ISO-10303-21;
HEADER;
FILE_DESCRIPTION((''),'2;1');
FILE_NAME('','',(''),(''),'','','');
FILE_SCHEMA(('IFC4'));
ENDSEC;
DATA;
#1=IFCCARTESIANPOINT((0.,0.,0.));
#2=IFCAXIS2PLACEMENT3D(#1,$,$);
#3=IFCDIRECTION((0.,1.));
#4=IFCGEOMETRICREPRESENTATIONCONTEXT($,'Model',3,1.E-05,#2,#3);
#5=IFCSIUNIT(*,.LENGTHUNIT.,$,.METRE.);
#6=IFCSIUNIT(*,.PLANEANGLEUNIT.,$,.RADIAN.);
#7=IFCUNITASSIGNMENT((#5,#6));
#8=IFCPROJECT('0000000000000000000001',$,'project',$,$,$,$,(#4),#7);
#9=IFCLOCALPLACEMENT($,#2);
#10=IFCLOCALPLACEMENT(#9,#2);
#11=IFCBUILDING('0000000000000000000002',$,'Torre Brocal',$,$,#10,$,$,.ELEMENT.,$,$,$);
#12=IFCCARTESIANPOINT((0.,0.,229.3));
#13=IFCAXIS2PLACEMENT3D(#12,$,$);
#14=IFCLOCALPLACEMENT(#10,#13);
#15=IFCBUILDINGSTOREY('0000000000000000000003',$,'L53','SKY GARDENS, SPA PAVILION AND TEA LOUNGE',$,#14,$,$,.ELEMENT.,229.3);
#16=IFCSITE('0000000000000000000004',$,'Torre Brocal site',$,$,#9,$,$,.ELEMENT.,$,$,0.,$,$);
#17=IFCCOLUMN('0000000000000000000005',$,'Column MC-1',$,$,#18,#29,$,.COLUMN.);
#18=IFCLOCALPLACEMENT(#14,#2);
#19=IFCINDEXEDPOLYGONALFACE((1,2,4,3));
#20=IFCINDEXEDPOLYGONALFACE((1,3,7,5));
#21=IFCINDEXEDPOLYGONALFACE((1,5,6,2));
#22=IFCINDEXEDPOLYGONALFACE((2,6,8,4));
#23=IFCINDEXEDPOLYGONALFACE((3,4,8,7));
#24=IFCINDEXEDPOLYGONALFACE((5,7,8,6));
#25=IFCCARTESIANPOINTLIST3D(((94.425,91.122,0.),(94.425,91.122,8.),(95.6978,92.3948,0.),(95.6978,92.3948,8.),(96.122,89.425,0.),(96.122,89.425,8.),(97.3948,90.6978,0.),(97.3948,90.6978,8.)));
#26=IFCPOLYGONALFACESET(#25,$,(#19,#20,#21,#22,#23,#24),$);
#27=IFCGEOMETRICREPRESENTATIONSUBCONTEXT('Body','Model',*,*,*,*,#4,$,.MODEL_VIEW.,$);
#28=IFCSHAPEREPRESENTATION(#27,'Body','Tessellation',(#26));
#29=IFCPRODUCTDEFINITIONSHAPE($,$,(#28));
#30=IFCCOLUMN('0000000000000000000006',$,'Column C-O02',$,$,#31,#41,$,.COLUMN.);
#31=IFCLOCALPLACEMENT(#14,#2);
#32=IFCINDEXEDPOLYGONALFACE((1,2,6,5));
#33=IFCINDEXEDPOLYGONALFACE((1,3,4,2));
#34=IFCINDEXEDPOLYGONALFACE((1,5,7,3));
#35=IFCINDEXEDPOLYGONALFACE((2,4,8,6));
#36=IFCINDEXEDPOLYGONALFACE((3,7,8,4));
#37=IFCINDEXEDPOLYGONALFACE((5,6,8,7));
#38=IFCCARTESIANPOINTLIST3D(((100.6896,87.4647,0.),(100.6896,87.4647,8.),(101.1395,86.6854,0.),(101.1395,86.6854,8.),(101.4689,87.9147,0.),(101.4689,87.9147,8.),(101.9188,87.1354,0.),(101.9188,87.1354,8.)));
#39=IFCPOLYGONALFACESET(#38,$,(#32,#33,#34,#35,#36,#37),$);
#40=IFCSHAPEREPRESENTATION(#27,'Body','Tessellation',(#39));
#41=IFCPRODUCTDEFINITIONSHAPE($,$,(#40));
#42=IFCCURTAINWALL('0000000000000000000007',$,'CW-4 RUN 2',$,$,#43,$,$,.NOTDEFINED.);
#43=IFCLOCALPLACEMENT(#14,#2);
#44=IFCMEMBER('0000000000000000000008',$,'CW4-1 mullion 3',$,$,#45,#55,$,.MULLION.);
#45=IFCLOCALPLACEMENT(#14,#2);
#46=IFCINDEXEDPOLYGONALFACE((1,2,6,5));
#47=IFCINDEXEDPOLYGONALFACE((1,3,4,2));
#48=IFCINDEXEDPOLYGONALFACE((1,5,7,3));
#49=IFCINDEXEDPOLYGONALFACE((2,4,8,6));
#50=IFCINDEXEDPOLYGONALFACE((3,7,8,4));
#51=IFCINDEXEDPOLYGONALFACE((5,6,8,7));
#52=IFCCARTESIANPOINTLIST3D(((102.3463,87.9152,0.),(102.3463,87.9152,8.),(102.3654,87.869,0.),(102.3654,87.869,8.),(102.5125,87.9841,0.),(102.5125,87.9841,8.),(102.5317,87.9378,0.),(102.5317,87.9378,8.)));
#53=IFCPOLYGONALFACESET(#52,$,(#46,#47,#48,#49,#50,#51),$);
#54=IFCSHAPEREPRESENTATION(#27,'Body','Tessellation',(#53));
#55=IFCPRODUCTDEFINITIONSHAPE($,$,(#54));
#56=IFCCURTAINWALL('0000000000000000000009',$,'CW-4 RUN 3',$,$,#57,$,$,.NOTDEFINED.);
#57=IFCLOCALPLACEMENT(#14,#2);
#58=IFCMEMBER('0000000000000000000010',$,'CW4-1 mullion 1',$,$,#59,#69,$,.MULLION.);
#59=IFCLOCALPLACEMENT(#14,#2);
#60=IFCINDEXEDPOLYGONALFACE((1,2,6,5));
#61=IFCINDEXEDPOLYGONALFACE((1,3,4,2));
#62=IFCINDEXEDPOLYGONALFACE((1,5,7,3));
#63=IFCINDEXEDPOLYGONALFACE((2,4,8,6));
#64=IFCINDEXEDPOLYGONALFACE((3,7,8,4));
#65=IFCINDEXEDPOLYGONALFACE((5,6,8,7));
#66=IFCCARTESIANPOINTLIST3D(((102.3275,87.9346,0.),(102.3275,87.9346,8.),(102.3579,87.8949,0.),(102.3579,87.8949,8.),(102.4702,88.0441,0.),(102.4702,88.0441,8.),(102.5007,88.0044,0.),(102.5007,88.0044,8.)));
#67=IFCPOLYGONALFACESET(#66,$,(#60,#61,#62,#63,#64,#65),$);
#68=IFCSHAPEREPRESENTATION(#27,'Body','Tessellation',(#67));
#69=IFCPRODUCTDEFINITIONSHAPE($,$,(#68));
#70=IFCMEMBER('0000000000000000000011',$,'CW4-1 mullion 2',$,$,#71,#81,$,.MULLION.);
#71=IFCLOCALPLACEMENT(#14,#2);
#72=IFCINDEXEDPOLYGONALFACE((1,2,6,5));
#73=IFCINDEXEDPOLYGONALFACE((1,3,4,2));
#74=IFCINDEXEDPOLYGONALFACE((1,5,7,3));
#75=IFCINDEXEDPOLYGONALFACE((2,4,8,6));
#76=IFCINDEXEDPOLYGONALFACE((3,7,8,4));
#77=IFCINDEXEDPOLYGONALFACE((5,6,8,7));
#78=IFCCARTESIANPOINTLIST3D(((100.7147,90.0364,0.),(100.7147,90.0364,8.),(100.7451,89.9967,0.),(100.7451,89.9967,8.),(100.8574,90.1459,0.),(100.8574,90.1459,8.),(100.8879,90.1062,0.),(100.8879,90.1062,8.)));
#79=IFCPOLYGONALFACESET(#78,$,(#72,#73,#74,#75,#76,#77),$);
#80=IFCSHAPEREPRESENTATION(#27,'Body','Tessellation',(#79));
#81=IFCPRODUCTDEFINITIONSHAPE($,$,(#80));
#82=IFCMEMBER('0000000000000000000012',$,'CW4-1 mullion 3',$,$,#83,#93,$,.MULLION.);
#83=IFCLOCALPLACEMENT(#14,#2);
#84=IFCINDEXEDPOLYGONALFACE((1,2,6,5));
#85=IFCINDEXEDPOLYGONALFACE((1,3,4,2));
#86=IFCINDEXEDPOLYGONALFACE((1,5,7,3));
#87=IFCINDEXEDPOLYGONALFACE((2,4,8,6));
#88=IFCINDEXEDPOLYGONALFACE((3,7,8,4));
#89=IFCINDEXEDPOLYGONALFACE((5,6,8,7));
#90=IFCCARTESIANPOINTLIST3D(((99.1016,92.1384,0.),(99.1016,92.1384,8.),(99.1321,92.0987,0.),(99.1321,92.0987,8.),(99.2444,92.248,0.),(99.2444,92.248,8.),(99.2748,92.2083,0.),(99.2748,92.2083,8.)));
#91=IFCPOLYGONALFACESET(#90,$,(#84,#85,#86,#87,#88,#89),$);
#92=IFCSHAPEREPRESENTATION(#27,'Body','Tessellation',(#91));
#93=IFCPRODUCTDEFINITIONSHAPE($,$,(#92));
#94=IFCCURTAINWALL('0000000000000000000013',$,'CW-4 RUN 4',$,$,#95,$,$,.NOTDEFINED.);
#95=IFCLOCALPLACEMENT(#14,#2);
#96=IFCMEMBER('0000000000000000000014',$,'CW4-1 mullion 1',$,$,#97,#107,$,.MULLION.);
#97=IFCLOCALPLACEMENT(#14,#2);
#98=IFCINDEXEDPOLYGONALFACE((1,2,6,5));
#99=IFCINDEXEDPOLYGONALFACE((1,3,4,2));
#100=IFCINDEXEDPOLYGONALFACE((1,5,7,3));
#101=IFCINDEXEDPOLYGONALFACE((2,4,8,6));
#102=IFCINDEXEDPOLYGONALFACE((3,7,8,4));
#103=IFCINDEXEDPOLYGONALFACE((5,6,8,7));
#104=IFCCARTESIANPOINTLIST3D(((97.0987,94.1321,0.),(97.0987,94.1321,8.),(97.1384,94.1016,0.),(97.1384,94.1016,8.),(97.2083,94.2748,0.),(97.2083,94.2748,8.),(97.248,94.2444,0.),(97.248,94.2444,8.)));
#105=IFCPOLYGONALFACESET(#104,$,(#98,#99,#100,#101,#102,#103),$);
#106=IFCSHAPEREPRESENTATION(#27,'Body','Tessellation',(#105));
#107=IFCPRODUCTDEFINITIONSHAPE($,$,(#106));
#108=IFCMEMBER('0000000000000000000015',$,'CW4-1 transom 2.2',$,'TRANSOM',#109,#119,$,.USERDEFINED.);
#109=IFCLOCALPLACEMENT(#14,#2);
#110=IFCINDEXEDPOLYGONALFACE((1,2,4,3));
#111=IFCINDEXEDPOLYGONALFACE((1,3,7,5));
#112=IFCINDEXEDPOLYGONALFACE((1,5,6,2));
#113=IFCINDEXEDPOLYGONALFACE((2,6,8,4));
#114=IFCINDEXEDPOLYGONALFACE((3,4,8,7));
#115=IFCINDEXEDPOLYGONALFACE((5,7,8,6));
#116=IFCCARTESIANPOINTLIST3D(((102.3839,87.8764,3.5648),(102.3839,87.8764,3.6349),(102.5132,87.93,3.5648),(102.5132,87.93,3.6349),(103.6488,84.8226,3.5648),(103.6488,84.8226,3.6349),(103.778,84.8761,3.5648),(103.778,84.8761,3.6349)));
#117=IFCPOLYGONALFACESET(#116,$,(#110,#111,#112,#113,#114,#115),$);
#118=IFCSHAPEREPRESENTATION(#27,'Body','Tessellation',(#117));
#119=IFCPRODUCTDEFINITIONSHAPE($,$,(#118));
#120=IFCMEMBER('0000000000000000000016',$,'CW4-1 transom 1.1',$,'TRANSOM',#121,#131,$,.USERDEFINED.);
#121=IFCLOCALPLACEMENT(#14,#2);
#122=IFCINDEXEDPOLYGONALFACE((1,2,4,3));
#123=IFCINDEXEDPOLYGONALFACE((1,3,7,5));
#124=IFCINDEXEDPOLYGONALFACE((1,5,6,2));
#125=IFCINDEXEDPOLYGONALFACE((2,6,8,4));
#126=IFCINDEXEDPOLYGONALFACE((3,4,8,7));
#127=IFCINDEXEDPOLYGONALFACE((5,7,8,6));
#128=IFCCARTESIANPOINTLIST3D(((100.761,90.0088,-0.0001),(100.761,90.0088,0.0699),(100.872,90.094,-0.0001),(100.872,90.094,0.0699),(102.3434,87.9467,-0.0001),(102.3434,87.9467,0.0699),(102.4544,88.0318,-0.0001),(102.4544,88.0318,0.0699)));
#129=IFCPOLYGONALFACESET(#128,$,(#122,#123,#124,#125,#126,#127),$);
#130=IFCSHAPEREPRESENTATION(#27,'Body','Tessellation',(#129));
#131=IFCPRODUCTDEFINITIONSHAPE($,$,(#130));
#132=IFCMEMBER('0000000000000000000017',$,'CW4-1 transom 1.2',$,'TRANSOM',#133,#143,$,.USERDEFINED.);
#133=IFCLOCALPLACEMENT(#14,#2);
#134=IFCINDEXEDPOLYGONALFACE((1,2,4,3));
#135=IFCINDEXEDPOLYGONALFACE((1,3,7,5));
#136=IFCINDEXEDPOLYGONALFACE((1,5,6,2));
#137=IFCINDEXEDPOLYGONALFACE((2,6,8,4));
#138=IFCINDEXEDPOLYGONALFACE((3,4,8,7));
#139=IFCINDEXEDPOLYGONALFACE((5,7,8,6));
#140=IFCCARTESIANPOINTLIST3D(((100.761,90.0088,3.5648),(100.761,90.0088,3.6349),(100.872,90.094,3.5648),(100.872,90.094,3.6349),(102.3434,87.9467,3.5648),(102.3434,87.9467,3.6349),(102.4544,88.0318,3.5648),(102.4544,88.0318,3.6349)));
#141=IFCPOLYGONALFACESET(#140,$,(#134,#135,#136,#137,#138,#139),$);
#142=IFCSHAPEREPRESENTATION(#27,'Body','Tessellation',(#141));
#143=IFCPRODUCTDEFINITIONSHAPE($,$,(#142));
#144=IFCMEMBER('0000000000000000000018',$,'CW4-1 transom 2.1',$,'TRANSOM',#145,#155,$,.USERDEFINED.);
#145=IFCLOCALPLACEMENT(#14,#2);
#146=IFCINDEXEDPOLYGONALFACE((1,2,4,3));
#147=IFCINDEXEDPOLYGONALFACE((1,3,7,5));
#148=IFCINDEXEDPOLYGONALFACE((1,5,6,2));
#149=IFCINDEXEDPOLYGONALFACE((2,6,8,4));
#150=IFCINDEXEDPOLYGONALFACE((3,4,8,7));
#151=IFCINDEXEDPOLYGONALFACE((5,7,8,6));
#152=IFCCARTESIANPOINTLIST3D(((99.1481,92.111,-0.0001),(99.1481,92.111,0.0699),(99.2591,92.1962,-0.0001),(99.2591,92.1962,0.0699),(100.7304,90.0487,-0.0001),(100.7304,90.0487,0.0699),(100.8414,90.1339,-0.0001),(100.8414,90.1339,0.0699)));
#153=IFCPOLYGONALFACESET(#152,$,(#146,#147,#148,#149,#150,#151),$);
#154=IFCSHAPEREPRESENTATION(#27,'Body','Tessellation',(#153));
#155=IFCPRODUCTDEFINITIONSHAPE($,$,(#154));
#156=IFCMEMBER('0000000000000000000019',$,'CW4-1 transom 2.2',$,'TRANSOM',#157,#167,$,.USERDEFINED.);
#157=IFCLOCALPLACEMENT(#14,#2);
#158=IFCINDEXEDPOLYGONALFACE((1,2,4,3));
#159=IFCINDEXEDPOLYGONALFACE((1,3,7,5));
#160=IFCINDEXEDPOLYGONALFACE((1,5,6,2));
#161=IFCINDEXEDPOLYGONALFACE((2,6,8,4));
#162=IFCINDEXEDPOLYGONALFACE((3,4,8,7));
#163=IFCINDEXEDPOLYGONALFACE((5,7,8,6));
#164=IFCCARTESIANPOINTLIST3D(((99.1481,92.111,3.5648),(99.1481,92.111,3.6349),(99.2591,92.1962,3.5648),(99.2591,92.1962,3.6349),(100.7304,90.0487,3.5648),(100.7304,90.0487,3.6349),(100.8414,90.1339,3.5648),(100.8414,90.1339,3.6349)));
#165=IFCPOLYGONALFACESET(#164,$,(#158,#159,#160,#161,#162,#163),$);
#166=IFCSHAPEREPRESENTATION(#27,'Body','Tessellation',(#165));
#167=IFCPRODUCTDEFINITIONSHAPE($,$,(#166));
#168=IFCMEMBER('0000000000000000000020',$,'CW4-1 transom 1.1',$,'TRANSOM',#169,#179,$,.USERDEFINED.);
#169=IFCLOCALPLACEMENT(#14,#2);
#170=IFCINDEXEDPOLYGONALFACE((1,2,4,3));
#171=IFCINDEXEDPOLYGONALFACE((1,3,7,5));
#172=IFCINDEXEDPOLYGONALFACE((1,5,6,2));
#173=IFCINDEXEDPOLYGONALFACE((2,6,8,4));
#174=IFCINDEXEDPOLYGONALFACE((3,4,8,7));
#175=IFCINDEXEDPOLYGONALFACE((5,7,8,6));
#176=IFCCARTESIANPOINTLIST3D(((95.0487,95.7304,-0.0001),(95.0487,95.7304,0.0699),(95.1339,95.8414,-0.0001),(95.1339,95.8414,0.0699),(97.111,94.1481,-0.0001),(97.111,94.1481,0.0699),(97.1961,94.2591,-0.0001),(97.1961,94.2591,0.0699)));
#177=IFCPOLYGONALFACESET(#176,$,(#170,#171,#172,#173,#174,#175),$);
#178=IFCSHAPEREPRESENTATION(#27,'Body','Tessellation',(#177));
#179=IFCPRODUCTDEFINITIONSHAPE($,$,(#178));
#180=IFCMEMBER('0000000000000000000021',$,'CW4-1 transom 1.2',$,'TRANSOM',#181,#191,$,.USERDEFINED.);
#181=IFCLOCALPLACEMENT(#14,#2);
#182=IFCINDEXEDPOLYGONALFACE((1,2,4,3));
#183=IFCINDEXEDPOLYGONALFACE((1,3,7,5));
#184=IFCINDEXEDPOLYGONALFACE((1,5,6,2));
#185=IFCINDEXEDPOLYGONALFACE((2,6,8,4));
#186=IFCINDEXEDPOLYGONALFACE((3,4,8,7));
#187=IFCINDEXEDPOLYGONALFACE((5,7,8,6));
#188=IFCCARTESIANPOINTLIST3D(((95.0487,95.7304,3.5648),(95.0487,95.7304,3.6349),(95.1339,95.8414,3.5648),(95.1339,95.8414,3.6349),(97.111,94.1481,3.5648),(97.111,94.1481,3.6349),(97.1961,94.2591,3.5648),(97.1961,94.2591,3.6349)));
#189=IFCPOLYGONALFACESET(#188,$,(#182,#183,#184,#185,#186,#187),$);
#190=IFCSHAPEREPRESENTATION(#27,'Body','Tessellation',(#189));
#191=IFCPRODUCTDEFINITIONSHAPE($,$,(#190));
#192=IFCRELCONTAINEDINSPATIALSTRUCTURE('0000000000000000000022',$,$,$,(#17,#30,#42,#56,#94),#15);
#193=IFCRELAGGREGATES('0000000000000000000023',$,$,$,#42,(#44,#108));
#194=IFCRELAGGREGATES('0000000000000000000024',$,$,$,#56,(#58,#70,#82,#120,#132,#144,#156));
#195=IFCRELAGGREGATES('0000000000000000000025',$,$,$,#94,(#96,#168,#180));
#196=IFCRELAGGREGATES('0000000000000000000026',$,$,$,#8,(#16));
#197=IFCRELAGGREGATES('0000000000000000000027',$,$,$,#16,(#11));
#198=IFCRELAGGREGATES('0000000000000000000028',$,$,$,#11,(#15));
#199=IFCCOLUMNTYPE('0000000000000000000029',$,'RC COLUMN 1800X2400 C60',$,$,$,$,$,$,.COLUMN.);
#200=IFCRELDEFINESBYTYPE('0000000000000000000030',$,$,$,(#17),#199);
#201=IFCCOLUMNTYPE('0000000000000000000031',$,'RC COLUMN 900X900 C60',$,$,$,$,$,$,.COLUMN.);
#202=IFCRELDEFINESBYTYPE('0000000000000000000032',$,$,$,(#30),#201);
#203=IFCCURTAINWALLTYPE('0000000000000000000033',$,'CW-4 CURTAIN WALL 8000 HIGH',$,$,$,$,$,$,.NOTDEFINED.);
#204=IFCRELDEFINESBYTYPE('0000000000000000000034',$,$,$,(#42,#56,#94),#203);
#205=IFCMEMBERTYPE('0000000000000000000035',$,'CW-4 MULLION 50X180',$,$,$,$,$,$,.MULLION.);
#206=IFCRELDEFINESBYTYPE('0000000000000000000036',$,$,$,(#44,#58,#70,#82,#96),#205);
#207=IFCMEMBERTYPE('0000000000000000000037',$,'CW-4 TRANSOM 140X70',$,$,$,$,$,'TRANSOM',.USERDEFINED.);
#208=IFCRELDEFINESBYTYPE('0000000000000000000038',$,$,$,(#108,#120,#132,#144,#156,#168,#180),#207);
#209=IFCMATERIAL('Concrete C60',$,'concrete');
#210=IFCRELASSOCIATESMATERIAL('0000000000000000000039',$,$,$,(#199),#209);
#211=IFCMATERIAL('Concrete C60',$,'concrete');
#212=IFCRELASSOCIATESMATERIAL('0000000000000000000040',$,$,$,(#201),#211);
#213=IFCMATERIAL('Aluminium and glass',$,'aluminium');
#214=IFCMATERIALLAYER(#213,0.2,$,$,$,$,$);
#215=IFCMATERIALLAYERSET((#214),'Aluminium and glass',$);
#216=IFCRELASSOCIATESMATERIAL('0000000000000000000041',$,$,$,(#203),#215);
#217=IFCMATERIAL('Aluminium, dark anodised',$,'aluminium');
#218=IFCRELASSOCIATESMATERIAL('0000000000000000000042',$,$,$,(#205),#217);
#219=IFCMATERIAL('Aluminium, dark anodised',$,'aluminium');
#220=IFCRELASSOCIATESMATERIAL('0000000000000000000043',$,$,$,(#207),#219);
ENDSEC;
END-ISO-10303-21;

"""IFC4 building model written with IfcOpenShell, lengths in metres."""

from ifc_helpers import new_model, si_unit, direction, frame, origin, origin_2d, place, context, subcontext, project, spatial, rectangle, extrude, material, layer, layer_set, material_profile, profile_set, type_object, element, aggregate, save


model = new_model("IFC4")

# Units and contexts
model_context = context("Model", 3, precision=1e-05, world=origin(), true_north=direction((0.0, 1.0)))
body_context = subcontext(model_context, "Body", "Model", "MODEL_VIEW")
ifc_project = project(units=[si_unit("LENGTHUNIT", "METRE"), si_unit("PLANEANGLEUNIT", "RADIAN")], contexts=[model_context])

# Site, building, storey
site_placement = place(None, origin())
site = spatial("IfcSite", under=ifc_project, at=site_placement, Name="Torre Brocal site", CompositionType="ELEMENT", RefElevation=0.0)
building_placement = place(site_placement, origin())
building = spatial("IfcBuilding", under=site, at=building_placement, Name="Torre Brocal", CompositionType="ELEMENT")
storey_placement = place(building_placement, frame((0.0, 0.0, 229.3)))
storey = spatial("IfcBuildingStorey", under=building, at=storey_placement, Name="L53", Description="SKY GARDENS, SPA PAVILION AND TEA LOUNGE", CompositionType="ELEMENT", Elevation=229.3)

# Columns
ifc_material_1 = material(Name="Concrete C60", Category="concrete")
ifc_material_profile_1 = material_profile(ifc_material_1, rectangle(XDim=1.8, YDim=2.3999, at=origin_2d()), Name="RC 1800X2400")
ifc_profile_set_1 = profile_set([ifc_material_profile_1], Name="Concrete C60")
column_type_1 = type_object("IfcColumnType", Name="RC COLUMN 1800X2400 C60", PredefinedType="COLUMN", material=ifc_profile_set_1)
column_1_placement = place(storey_placement, frame((95.9099, 90.9099, 0.0), z_axis=(0.0, 0.0, 1.0), x_axis=(0.707107, 0.707107, 0.0)))
element("IfcColumn", 1, at=column_1_placement, inside=storey, type_object=column_type_1, Name="Column MC-1", PredefinedType="COLUMN", context=body_context, shape_type="SweptSolid", body=[
    extrude(rectangle(XDim=1.8, YDim=2.3999, at=origin_2d()), origin(), (0.0, 0.0, 1.0), 8.0),
])
ifc_material_2 = material(Name="Concrete C60", Category="concrete")
ifc_material_profile_2 = material_profile(ifc_material_2, rectangle(XDim=0.8999, YDim=0.8999, at=origin_2d()), Name="RC 900X900")
ifc_profile_set_2 = profile_set([ifc_material_profile_2], Name="Concrete C60")
column_type_2 = type_object("IfcColumnType", Name="RC COLUMN 900X900 C60", PredefinedType="COLUMN", material=ifc_profile_set_2)
column_2_placement = place(storey_placement, frame((101.3042, 87.3, 0.0), z_axis=(0.0, 0.0, 1.0), x_axis=(0.866025, 0.5, 0.0)))
element("IfcColumn", 2, at=column_2_placement, inside=storey, type_object=column_type_2, Name="Column C-O02", PredefinedType="COLUMN", context=body_context, shape_type="SweptSolid", body=[
    extrude(rectangle(XDim=0.8999, YDim=0.8999, at=origin_2d()), origin(), (0.0, 0.0, 1.0), 8.0),
])

# Curtain wall, member
ifc_material_3 = material(Name="Aluminium and glass", Category="aluminium")
ifc_layer_1 = layer(ifc_material_3, 0.2)
ifc_layer_set_1 = layer_set([ifc_layer_1], Name="Aluminium and glass")
curtain_wall_type = type_object("IfcCurtainWallType", Name="CW-4 CURTAIN WALL 8000 HIGH", PredefinedType="NOTDEFINED", material=ifc_layer_set_1)
curtain_wall_1_placement = place(storey_placement, origin())
curtain_wall_1 = element("IfcCurtainWall", 3, at=curtain_wall_1_placement, inside=storey, type_object=curtain_wall_type, Name="CW-4 RUN 2", PredefinedType="NOTDEFINED")
ifc_material_4 = material(Name="Aluminium, dark anodised", Category="aluminium")
ifc_material_profile_3 = material_profile(ifc_material_4, rectangle(XDim=0.1799, YDim=0.05, at=origin_2d()), Name="CW-4 MULLION 50X180")
ifc_profile_set_3 = profile_set([ifc_material_profile_3], Name="Aluminium, dark anodised")
member_type_1 = type_object("IfcMemberType", Name="CW-4 MULLION 50X180", PredefinedType="MULLION", material=ifc_profile_set_3)
member_1_placement = place(storey_placement, frame((102.439, 87.9265, 0.0), z_axis=(0.0, 0.0, 1.0), x_axis=(-0.92388, -0.382683, 0.0)))
member_1 = element("IfcMember", 4, at=member_1_placement, type_object=member_type_1, Name="CW4-1 mullion 3", PredefinedType="MULLION", context=body_context, shape_type="SweptSolid", body=[
    extrude(rectangle(XDim=0.1799, YDim=0.05, at=origin_2d()), origin(), (0.0, 0.0, 1.0), 8.0),
])

# Curtain wall, members
curtain_wall_2_placement = place(storey_placement, origin())
curtain_wall_2 = element("IfcCurtainWall", 5, at=curtain_wall_2_placement, inside=storey, type_object=curtain_wall_type, Name="CW-4 RUN 3", PredefinedType="NOTDEFINED")
member_2_placement = place(storey_placement, frame((102.4141, 87.9695, 0.0), z_axis=(0.0, 0.0, 1.0), x_axis=(-0.793353, -0.608761, 0.0)))
member_2 = element("IfcMember", 6, at=member_2_placement, type_object=member_type_1, Name="CW4-1 mullion 1", PredefinedType="MULLION", context=body_context, shape_type="SweptSolid", body=[
    extrude(rectangle(XDim=0.1799, YDim=0.05, at=origin_2d()), origin(), (0.0, 0.0, 1.0), 8.0),
])
member_3_placement = place(storey_placement, frame((100.8013, 90.0713, 0.0), z_axis=(0.0, 0.0, 1.0), x_axis=(-0.793353, -0.608761, 0.0)))
member_3 = element("IfcMember", 7, at=member_3_placement, type_object=member_type_1, Name="CW4-1 mullion 2", PredefinedType="MULLION", context=body_context, shape_type="SweptSolid", body=[
    extrude(rectangle(XDim=0.1799, YDim=0.05, at=origin_2d()), origin(), (0.0, 0.0, 1.0), 8.0),
])
member_4_placement = place(storey_placement, frame((99.1882, 92.1733, 0.0), z_axis=(0.0, 0.0, 1.0), x_axis=(-0.793353, -0.608761, 0.0)))
member_4 = element("IfcMember", 8, at=member_4_placement, type_object=member_type_1, Name="CW4-1 mullion 3", PredefinedType="MULLION", context=body_context, shape_type="SweptSolid", body=[
    extrude(rectangle(XDim=0.1799, YDim=0.05, at=origin_2d()), origin(), (0.0, 0.0, 1.0), 8.0),
])

# Curtain wall, member
curtain_wall_3_placement = place(storey_placement, origin())
curtain_wall_3 = element("IfcCurtainWall", 9, at=curtain_wall_3_placement, inside=storey, type_object=curtain_wall_type, Name="CW-4 RUN 4", PredefinedType="NOTDEFINED")
member_5_placement = place(storey_placement, frame((97.1733, 94.1882, 0.0), z_axis=(0.0, 0.0, 1.0), x_axis=(-0.608761, -0.793353, 0.0)))
member_5 = element("IfcMember", 10, at=member_5_placement, type_object=member_type_1, Name="CW4-1 mullion 1", PredefinedType="MULLION", context=body_context, shape_type="SweptSolid", body=[
    extrude(rectangle(XDim=0.1799, YDim=0.05, at=origin_2d()), origin(), (0.0, 0.0, 1.0), 8.0),
])

# Members
ifc_material_5 = material(Name="Aluminium, dark anodised", Category="aluminium")
ifc_material_profile_4 = material_profile(ifc_material_5, rectangle(XDim=0.1399, YDim=0.0701, at=origin_2d()), Name="CW-4 TRANSOM 140X70")
ifc_profile_set_4 = profile_set([ifc_material_profile_4], Name="Aluminium, dark anodised")
member_type_2 = type_object("IfcMemberType", Name="CW-4 TRANSOM 140X70", ElementType="TRANSOM", PredefinedType="USERDEFINED", material=ifc_profile_set_4)
member_6_placement = place(storey_placement, frame((103.7134, 84.8494, 3.5999), z_axis=(-0.382658, 0.92389, 0.0), x_axis=(-0.92389, -0.382658, 0.0)))
member_6 = element("IfcMember", 11, at=member_6_placement, type_object=member_type_2, Name="CW4-1 transom 2.2", ObjectType="TRANSOM", PredefinedType="USERDEFINED", context=body_context, shape_type="SweptSolid", body=[
    extrude(rectangle(XDim=0.1399, YDim=0.0701, at=origin_2d()), origin(), (0.0, 0.0, 1.0), 3.3054),
])
member_7_placement = place(storey_placement, frame((102.3989, 87.9893, 0.0349), z_axis=(-0.608784, 0.793336, 0.0), x_axis=(-0.793336, -0.608784, 0.0)))
member_7 = element("IfcMember", 12, at=member_7_placement, type_object=member_type_2, Name="CW4-1 transom 1.1", ObjectType="TRANSOM", PredefinedType="USERDEFINED", context=body_context, shape_type="SweptSolid", body=[
    extrude(rectangle(XDim=0.1399, YDim=0.0701, at=origin_2d()), origin(), (0.0, 0.0, 1.0), 2.5994),
])
member_8_placement = place(storey_placement, frame((102.3989, 87.9893, 3.5999), z_axis=(-0.608784, 0.793336, 0.0), x_axis=(-0.793336, -0.608784, 0.0)))
member_8 = element("IfcMember", 13, at=member_8_placement, type_object=member_type_2, Name="CW4-1 transom 1.2", ObjectType="TRANSOM", PredefinedType="USERDEFINED", context=body_context, shape_type="SweptSolid", body=[
    extrude(rectangle(XDim=0.1399, YDim=0.0701, at=origin_2d()), origin(), (0.0, 0.0, 1.0), 2.5994),
])
member_9_placement = place(storey_placement, frame((100.7859, 90.0913, 0.0349), z_axis=(-0.608725, 0.793381, 0.0), x_axis=(-0.793381, -0.608725, 0.0)))
member_9 = element("IfcMember", 14, at=member_9_placement, type_object=member_type_2, Name="CW4-1 transom 2.1", ObjectType="TRANSOM", PredefinedType="USERDEFINED", context=body_context, shape_type="SweptSolid", body=[
    extrude(rectangle(XDim=0.1399, YDim=0.0701, at=origin_2d()), origin(), (0.0, 0.0, 1.0), 2.5994),
])
member_10_placement = place(storey_placement, frame((100.7859, 90.0913, 3.5999), z_axis=(-0.608725, 0.793381, 0.0), x_axis=(-0.793381, -0.608725, 0.0)))
member_10 = element("IfcMember", 15, at=member_10_placement, type_object=member_type_2, Name="CW4-1 transom 2.2", ObjectType="TRANSOM", PredefinedType="USERDEFINED", context=body_context, shape_type="SweptSolid", body=[
    extrude(rectangle(XDim=0.1399, YDim=0.0701, at=origin_2d()), origin(), (0.0, 0.0, 1.0), 2.5994),
])
member_11_placement = place(storey_placement, frame((97.1536, 94.2036, 0.0349), z_axis=(-0.793381, 0.608725, 0.0), x_axis=(-0.608725, -0.793381, 0.0)))
member_11 = element("IfcMember", 16, at=member_11_placement, type_object=member_type_2, Name="CW4-1 transom 1.1", ObjectType="TRANSOM", PredefinedType="USERDEFINED", context=body_context, shape_type="SweptSolid", body=[
    extrude(rectangle(XDim=0.1399, YDim=0.0701, at=origin_2d()), origin(), (0.0, 0.0, 1.0), 2.5994),
])
member_12_placement = place(storey_placement, frame((97.1536, 94.2036, 3.5999), z_axis=(-0.793381, 0.608725, 0.0), x_axis=(-0.608725, -0.793381, 0.0)))
member_12 = element("IfcMember", 17, at=member_12_placement, type_object=member_type_2, Name="CW4-1 transom 1.2", ObjectType="TRANSOM", PredefinedType="USERDEFINED", context=body_context, shape_type="SweptSolid", body=[
    extrude(rectangle(XDim=0.1399, YDim=0.0701, at=origin_2d()), origin(), (0.0, 0.0, 1.0), 2.5994),
])

aggregate(curtain_wall_1, [member_1, member_6])
aggregate(curtain_wall_2, [member_2, member_3, member_4, member_7, member_8, member_9, member_10])
aggregate(curtain_wall_3, [member_5, member_11, member_12])

save(model, "model.ifc")
